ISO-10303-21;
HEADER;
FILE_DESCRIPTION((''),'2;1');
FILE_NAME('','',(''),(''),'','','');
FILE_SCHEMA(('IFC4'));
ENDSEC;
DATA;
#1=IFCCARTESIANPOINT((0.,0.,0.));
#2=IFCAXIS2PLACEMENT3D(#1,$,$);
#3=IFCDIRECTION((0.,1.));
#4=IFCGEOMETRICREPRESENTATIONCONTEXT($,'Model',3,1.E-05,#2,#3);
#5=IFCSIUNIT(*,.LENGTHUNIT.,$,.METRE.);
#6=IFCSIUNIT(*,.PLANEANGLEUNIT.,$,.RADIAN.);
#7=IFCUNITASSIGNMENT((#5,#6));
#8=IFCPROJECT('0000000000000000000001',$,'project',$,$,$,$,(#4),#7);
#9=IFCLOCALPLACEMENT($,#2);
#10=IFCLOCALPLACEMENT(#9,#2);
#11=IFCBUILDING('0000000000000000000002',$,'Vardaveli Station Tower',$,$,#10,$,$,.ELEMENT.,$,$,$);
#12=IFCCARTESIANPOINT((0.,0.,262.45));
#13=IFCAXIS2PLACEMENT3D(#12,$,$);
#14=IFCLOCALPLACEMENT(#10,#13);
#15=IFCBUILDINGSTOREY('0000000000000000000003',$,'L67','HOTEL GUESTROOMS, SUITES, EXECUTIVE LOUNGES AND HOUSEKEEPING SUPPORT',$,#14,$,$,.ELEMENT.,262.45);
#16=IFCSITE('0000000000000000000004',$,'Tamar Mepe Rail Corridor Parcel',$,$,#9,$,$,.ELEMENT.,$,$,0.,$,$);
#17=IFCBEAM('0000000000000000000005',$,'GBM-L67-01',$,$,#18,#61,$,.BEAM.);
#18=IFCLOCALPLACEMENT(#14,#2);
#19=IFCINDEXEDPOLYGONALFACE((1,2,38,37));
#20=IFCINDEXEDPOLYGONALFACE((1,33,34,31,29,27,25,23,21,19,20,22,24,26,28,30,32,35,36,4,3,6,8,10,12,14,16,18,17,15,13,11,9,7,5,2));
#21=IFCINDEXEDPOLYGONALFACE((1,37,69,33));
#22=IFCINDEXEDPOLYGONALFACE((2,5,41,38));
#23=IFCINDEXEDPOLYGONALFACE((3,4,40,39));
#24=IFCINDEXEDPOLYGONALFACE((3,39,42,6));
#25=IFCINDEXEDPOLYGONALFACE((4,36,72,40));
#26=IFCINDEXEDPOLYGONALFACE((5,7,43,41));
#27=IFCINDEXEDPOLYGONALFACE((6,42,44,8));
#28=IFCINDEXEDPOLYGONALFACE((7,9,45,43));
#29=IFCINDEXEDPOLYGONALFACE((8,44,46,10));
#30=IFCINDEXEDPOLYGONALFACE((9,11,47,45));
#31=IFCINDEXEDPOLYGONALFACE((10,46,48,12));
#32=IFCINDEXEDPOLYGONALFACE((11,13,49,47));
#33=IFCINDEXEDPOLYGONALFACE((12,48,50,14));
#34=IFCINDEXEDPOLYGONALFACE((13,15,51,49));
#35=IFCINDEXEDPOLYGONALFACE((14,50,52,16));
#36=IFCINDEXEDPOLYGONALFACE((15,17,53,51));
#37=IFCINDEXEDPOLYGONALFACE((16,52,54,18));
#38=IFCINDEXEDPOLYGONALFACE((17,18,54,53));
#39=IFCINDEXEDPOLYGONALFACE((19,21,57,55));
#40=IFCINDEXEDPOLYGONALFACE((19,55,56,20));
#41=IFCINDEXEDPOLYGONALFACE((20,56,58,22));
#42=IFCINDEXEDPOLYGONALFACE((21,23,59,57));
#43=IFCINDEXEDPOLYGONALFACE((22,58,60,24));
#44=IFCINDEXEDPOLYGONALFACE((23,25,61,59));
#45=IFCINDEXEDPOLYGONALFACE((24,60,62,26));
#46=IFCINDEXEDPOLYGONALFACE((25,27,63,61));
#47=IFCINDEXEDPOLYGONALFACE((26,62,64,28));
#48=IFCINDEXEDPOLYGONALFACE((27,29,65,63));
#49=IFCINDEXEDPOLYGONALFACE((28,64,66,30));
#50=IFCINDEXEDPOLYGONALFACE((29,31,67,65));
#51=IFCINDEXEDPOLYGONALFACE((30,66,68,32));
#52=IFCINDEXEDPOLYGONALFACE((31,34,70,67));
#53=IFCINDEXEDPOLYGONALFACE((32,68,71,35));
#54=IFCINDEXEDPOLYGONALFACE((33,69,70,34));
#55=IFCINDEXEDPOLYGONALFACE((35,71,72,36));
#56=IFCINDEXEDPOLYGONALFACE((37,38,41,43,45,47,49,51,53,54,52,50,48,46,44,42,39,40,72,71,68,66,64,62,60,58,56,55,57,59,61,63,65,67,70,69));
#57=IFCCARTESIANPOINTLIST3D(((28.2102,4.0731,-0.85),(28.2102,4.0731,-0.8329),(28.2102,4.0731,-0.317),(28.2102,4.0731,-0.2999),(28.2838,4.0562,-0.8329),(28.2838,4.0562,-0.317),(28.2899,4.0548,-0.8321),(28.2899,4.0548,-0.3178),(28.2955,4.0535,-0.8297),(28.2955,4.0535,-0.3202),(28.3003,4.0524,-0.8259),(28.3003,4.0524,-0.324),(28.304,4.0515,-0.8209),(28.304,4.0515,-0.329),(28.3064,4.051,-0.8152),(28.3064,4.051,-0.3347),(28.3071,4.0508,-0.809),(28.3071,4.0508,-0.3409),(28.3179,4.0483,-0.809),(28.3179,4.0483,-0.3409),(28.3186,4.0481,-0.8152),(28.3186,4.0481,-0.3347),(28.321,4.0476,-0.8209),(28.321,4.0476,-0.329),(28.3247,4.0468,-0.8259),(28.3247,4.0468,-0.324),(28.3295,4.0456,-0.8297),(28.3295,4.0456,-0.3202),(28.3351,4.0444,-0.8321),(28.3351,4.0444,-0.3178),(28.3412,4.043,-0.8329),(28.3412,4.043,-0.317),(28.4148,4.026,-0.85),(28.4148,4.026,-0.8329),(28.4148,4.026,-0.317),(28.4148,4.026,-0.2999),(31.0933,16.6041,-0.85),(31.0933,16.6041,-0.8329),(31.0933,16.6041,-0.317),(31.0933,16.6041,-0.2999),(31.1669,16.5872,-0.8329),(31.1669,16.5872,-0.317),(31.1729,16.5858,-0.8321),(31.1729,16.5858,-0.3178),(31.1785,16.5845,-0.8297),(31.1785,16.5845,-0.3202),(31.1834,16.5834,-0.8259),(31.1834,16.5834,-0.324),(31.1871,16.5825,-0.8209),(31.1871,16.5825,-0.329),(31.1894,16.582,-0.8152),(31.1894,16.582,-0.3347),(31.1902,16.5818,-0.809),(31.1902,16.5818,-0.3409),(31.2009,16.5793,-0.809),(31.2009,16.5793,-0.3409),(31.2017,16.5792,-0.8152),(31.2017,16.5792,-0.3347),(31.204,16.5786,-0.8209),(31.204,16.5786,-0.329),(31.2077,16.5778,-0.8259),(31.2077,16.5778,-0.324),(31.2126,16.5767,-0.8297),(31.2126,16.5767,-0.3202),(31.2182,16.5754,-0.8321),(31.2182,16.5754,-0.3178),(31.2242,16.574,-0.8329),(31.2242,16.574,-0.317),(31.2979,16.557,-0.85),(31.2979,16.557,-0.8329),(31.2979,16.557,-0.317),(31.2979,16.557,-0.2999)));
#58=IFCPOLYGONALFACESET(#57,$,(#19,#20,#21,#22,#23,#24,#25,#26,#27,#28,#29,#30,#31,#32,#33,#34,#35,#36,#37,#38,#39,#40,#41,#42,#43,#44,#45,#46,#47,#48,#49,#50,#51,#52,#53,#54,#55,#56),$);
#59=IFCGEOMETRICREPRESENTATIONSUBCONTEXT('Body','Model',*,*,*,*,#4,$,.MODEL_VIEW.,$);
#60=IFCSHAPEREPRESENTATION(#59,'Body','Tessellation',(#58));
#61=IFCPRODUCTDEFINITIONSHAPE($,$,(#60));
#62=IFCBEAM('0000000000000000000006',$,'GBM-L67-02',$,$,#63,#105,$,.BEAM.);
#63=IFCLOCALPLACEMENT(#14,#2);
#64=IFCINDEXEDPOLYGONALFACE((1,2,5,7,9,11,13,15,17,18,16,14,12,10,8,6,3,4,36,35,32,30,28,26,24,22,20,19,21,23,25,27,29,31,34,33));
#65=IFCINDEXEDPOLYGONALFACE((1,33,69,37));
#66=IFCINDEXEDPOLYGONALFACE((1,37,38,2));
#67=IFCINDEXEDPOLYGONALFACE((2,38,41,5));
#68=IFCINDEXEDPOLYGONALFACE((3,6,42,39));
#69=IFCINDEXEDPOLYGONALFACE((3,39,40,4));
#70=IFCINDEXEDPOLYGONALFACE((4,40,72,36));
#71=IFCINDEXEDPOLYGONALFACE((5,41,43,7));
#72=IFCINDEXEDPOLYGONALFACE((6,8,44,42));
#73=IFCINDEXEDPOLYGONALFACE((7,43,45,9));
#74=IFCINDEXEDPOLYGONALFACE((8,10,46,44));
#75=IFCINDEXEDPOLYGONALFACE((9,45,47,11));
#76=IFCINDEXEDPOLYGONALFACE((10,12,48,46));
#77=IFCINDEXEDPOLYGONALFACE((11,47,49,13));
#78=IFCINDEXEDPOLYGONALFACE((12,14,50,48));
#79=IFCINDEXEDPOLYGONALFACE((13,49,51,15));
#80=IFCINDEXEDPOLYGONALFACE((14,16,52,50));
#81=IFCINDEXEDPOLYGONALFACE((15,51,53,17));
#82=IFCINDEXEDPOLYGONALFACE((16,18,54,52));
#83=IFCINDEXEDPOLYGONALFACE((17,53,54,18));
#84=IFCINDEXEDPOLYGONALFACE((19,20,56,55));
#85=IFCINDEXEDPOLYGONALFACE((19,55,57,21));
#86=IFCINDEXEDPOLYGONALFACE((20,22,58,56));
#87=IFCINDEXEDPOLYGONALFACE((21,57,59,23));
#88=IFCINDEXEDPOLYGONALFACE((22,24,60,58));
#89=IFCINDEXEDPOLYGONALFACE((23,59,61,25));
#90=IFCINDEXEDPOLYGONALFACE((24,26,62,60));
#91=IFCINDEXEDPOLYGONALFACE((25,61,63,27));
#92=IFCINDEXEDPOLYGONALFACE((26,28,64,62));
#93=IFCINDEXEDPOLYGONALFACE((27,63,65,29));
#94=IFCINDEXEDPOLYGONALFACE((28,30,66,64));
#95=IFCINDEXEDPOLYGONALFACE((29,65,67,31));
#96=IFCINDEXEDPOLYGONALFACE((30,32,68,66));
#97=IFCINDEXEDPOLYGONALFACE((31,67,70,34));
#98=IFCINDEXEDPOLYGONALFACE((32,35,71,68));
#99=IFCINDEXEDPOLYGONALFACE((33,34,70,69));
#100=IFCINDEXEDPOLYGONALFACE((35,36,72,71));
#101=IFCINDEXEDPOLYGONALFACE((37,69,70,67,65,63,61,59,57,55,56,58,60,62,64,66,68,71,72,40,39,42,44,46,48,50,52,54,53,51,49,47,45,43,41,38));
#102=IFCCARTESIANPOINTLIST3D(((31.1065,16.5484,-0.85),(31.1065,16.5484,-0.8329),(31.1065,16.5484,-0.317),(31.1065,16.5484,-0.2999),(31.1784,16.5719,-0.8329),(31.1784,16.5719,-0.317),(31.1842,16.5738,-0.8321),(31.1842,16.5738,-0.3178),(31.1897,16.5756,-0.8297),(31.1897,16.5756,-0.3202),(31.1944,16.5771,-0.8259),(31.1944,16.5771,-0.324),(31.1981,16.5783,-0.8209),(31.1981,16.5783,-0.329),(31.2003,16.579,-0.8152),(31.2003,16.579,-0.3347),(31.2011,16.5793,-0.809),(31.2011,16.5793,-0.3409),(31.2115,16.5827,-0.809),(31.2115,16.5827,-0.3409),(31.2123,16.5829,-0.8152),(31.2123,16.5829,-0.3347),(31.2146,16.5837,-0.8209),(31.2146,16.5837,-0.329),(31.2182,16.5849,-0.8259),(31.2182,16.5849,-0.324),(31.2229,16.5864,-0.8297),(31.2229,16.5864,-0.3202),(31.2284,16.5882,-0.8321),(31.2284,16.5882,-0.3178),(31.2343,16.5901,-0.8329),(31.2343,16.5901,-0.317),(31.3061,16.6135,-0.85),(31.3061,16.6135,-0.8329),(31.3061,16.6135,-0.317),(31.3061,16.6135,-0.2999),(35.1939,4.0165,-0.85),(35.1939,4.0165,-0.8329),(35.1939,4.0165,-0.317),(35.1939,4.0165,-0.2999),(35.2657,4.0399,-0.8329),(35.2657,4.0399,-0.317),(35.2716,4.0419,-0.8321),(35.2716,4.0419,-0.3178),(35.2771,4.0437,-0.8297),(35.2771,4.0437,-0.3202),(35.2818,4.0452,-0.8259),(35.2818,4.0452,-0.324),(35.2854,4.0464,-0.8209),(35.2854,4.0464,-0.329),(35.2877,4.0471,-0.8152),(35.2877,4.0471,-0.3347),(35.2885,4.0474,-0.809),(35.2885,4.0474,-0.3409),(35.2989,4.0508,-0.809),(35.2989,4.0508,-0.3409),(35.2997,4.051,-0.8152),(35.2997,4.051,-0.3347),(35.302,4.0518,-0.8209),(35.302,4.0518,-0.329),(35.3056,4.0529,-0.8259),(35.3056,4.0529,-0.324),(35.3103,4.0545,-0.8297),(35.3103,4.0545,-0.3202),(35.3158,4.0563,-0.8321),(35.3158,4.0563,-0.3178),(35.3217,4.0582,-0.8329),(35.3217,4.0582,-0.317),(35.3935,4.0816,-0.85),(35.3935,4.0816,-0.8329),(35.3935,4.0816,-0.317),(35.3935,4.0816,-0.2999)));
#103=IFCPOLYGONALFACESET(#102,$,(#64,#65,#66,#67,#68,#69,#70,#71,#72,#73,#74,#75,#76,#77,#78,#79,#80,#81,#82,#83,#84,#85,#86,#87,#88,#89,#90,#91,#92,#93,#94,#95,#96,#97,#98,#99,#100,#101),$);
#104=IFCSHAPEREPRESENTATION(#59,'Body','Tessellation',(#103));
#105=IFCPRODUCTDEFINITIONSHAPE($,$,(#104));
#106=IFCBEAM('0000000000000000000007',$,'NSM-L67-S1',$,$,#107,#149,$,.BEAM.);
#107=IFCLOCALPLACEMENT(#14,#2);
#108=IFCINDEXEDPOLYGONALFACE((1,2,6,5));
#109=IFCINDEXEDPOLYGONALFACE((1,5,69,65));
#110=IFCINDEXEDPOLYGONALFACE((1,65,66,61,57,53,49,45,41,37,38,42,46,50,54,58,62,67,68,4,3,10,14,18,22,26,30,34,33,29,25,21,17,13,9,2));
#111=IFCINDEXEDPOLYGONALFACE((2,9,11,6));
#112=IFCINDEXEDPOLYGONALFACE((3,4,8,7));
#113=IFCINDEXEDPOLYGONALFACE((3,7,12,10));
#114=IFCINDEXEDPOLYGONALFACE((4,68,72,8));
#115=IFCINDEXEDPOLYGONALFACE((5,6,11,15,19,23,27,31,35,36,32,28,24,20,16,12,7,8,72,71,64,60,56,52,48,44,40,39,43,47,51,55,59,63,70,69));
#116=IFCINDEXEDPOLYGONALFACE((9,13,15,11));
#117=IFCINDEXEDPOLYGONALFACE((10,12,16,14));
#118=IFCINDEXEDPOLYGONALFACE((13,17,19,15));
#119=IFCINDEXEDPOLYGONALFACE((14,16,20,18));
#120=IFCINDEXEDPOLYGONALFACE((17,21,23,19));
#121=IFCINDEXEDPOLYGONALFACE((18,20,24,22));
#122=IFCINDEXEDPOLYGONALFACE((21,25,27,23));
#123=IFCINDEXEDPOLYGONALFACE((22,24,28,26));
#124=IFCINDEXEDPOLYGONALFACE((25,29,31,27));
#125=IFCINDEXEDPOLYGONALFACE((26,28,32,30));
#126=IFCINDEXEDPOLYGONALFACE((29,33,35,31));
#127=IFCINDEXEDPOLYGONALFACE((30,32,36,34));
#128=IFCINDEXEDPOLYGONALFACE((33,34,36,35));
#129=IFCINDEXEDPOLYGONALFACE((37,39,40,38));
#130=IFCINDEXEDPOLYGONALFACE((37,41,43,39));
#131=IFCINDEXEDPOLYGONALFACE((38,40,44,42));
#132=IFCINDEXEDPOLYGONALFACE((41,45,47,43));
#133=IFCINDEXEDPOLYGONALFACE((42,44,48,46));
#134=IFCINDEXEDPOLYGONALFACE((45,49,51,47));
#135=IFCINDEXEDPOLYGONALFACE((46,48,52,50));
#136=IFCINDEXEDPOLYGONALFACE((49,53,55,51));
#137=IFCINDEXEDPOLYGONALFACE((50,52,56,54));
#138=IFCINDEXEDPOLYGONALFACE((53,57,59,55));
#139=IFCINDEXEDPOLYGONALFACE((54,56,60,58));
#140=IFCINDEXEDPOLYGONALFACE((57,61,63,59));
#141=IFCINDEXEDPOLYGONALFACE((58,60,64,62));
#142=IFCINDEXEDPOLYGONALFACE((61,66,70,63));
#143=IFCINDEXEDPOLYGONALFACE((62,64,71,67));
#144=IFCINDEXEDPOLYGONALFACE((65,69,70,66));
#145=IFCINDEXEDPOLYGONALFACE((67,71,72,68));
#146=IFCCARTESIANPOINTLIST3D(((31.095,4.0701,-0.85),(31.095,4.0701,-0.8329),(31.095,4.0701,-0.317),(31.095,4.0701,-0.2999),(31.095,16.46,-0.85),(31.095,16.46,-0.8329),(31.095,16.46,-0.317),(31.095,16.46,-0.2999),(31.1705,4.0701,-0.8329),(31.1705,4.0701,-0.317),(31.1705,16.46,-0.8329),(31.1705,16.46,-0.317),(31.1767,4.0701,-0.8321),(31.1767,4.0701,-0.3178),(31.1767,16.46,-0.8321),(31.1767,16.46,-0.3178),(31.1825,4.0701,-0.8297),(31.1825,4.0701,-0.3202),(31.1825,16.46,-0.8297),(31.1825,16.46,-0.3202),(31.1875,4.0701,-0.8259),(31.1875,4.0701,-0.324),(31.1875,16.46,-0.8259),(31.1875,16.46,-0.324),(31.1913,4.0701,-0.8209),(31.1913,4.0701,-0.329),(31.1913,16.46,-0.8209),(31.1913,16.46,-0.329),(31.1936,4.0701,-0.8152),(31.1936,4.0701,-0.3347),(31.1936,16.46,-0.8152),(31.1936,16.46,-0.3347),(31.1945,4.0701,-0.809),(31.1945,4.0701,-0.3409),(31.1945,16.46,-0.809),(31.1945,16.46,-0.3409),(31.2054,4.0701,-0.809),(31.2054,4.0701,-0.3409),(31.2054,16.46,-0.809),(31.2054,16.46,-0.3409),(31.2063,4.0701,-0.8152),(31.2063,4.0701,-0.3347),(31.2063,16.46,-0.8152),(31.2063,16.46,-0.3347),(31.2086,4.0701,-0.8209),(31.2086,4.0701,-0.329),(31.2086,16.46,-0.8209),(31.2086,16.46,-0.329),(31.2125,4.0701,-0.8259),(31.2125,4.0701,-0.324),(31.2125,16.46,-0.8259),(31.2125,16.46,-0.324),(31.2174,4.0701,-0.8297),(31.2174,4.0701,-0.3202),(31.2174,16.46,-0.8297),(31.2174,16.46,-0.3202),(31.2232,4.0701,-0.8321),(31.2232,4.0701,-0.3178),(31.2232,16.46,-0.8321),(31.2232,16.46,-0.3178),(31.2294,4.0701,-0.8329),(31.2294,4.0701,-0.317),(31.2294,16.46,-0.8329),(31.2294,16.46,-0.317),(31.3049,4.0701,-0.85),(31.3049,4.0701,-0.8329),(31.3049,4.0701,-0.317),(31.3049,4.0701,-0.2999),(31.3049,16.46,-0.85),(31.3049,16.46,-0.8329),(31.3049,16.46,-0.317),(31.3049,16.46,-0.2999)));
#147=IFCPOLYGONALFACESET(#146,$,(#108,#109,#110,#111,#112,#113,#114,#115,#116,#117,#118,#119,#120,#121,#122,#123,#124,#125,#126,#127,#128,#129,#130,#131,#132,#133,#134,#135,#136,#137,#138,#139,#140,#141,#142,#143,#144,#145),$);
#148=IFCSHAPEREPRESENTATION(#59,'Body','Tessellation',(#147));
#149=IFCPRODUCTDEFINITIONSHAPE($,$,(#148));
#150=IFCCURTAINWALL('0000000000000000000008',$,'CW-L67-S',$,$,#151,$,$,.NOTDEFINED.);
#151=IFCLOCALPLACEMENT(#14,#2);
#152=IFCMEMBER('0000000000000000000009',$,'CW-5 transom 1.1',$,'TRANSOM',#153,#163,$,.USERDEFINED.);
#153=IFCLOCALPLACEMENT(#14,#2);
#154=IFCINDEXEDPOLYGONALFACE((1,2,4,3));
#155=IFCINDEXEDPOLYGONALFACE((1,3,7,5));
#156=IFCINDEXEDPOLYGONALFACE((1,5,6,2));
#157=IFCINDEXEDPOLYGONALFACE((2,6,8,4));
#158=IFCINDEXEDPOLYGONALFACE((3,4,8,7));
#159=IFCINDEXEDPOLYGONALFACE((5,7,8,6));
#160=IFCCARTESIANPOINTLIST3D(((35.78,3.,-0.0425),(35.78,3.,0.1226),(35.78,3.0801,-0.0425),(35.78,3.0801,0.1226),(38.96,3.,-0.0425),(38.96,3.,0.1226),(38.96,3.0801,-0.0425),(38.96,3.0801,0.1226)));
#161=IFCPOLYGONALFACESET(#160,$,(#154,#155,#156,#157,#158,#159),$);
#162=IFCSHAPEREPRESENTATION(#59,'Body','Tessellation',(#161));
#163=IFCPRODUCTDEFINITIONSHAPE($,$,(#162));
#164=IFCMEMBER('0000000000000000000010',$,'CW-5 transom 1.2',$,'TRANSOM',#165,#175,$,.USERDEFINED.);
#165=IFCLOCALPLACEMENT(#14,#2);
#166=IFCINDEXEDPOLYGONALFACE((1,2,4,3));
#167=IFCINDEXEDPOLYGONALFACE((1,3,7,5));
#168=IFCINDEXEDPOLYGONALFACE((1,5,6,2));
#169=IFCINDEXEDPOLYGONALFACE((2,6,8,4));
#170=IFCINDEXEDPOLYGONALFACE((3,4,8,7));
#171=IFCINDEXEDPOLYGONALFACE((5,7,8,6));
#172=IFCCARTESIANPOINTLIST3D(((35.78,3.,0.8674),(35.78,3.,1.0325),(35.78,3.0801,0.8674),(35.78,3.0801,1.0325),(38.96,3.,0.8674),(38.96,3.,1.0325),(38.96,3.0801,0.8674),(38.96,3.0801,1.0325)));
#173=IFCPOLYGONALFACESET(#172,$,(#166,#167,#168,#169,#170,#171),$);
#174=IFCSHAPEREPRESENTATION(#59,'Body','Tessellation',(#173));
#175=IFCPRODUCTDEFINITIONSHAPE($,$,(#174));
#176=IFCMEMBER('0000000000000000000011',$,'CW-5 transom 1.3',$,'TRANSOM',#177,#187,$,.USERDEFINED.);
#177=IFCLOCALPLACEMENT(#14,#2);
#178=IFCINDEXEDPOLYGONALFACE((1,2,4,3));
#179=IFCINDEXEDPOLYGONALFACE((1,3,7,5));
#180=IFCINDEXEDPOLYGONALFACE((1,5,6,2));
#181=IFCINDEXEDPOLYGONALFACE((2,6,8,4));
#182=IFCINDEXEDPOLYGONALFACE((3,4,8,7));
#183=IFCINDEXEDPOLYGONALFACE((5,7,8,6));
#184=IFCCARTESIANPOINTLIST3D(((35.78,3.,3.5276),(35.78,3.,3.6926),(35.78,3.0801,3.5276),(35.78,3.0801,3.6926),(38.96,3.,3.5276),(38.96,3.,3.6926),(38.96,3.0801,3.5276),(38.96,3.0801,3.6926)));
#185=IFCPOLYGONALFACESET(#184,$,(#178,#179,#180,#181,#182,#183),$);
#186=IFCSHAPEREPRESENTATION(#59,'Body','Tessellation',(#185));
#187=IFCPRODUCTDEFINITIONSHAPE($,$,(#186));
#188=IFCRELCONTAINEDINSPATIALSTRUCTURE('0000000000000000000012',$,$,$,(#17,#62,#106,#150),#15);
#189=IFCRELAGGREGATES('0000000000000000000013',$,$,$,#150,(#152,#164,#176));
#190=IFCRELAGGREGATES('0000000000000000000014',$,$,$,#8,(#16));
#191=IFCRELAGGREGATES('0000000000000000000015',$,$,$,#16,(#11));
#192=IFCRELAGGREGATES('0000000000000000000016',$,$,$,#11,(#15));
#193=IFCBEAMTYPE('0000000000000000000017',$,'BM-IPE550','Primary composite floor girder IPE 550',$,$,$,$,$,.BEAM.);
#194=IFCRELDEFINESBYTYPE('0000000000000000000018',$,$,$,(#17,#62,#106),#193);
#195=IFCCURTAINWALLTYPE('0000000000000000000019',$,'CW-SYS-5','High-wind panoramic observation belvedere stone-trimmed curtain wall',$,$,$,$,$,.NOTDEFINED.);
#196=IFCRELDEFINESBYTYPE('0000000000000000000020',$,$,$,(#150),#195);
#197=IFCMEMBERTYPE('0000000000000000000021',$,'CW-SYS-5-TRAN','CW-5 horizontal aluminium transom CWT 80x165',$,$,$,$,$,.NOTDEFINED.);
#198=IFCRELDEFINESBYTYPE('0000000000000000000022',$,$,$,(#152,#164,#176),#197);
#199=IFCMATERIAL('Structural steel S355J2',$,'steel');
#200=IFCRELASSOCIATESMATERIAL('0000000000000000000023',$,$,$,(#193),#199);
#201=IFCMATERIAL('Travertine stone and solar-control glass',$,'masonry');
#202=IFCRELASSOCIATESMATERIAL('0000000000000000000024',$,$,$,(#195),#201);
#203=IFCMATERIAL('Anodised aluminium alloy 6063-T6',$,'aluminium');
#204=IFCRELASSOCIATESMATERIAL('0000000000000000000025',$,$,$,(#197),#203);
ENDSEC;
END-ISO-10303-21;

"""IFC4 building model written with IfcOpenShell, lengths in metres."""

from ifc_helpers import new_model, si_unit, direction, frame, origin, origin_2d, place, context, subcontext, project, spatial, rectangle, i_section, extrude, source, transform, mapped, material, material_profile, profile_set, type_object, element, aggregate, save


model = new_model("IFC4")

# Units and contexts
model_context = context("Model", 3, precision=1e-05, world=origin(), true_north=direction((0.0, 1.0)))
body_context = subcontext(model_context, "Body", "Model", "MODEL_VIEW")
ifc_project = project(units=[si_unit("LENGTHUNIT", "METRE"), si_unit("PLANEANGLEUNIT", "RADIAN")], contexts=[model_context])

# Site, building, storey
site_placement = place(None, origin())
site = spatial("IfcSite", under=ifc_project, at=site_placement, Name="Tamar Mepe Rail Corridor Parcel", CompositionType="ELEMENT", RefElevation=0.0)
building_placement = place(site_placement, origin())
building = spatial("IfcBuilding", under=site, at=building_placement, Name="Vardaveli Station Tower", CompositionType="ELEMENT")
storey_placement = place(building_placement, frame((0.0, 0.0, 262.45)))
storey = spatial("IfcBuildingStorey", under=building, at=storey_placement, Name="L67", Description="HOTEL GUESTROOMS, SUITES, EXECUTIVE LOUNGES AND HOUSEKEEPING SUPPORT", CompositionType="ELEMENT", Elevation=262.45)

# Beams
ifc_material_1 = material(Name="Structural steel S355J2", Category="steel")
ifc_material_profile_1 = material_profile(ifc_material_1, i_section(OverallWidth=0.21, OverallDepth=0.55, WebThickness=0.011, FlangeThickness=0.0171, FilletRadius=0.0239, at=origin_2d()), Name="IPE 550")
ifc_profile_set_1 = profile_set([ifc_material_profile_1], Name="Structural steel S355J2")
beam_type_1 = type_object("IfcBeamType", Name="BM-IPE550", Description="Primary composite floor girder IPE 550", PredefinedType="BEAM", material=ifc_profile_set_1)
shared_shape_1 = source(origin(), body_context, "Body", "SweptSolid", [
    extrude(i_section(OverallWidth=0.21, OverallDepth=0.55, WebThickness=0.011, FlangeThickness=0.0171, FilletRadius=0.0239, at=origin_2d()), origin(), (0.0, 0.0, 1.0), 12.8584),
])
beam_1_placement = place(storey_placement, frame((28.3125, 4.0496, -0.575), z_axis=(0.224216, 0.974539, 0.0), x_axis=(-0.974539, 0.224216, 0.0)))
element("IfcBeam", 1, at=beam_1_placement, inside=storey, type_object=beam_type_1, Name="GBM-L67-01", PredefinedType="BEAM", context=body_context, shape_type="MappedRepresentation", body=[
    mapped(shared_shape_1, transform((0.0, 0.0, 0.0), scale=1.0)),
])
shared_shape_2 = source(origin(), body_context, "Body", "SweptSolid", [
    extrude(i_section(OverallWidth=0.21, OverallDepth=0.55, WebThickness=0.011, FlangeThickness=0.0171, FilletRadius=0.0239, at=origin_2d()), origin(), (0.0, 0.0, 1.0), 13.1816),
])
beam_2_placement = place(storey_placement, frame((35.2937, 4.0491, -0.575), z_axis=(-0.310081, 0.95071, 0.0), x_axis=(-0.95071, -0.310081, 0.0)))
element("IfcBeam", 2, at=beam_2_placement, inside=storey, type_object=beam_type_1, Name="GBM-L67-02", PredefinedType="BEAM", context=body_context, shape_type="MappedRepresentation", body=[
    mapped(shared_shape_2, transform((0.0, 0.0, 0.0), scale=1.0)),
])
shared_shape_3 = source(origin(), body_context, "Body", "SweptSolid", [
    extrude(i_section(OverallWidth=0.21, OverallDepth=0.55, WebThickness=0.011, FlangeThickness=0.0171, FilletRadius=0.0239, at=origin_2d()), origin(), (0.0, 0.0, 1.0), 12.3899),
])
beam_3_placement = place(storey_placement, frame((31.2, 4.0701, -0.575), z_axis=(0.0, 1.0, 0.0), x_axis=(-1.0, 0.0, 0.0)))
element("IfcBeam", 3, at=beam_3_placement, inside=storey, type_object=beam_type_1, Name="NSM-L67-S1", PredefinedType="BEAM", context=body_context, shape_type="MappedRepresentation", body=[
    mapped(shared_shape_3, transform((0.0, 0.0, 0.0), scale=1.0)),
])

# Curtain wall, members
ifc_material_2 = material(Name="Travertine stone and solar-control glass", Category="masonry")
curtain_wall_type = type_object("IfcCurtainWallType", Name="CW-SYS-5", Description="High-wind panoramic observation belvedere stone-trimmed curtain wall", PredefinedType="NOTDEFINED", material=ifc_material_2)
curtain_wall_placement = place(storey_placement, origin())
curtain_wall = element("IfcCurtainWall", 4, at=curtain_wall_placement, inside=storey, type_object=curtain_wall_type, Name="CW-L67-S", PredefinedType="NOTDEFINED")
ifc_material_3 = material(Name="Anodised aluminium alloy 6063-T6", Category="aluminium")
ifc_material_profile_2 = material_profile(ifc_material_3, rectangle(XDim=0.0801, YDim=0.165, at=origin_2d()), Name="CWT 80x165")
ifc_profile_set_2 = profile_set([ifc_material_profile_2], Name="Anodised aluminium alloy 6063-T6")
member_type_1 = type_object("IfcMemberType", Name="CW-SYS-5-TRAN", Description="CW-5 horizontal aluminium transom CWT 80x165", PredefinedType="NOTDEFINED", material=ifc_profile_set_2)
shared_shape_4 = source(origin(), body_context, "Body", "SweptSolid", [
    extrude(rectangle(XDim=0.0801, YDim=0.165, at=origin_2d()), origin(), (0.0, 0.0, 1.0), 3.1799),
])
member_1_placement = place(storey_placement, frame((35.78, 3.04, 0.04), z_axis=(1.0, 0.0, 0.0), x_axis=(0.0, 1.0, 0.0)))
member_1 = element("IfcMember", 5, at=member_1_placement, type_object=member_type_1, Name="CW-5 transom 1.1", ObjectType="TRANSOM", PredefinedType="USERDEFINED", context=body_context, shape_type="MappedRepresentation", body=[
    mapped(shared_shape_4, transform((0.0, 0.0, 0.0), scale=1.0)),
])
member_2_placement = place(storey_placement, frame((35.78, 3.04, 0.95), z_axis=(1.0, 0.0, 0.0), x_axis=(0.0, 1.0, 0.0)))
member_2 = element("IfcMember", 6, at=member_2_placement, type_object=member_type_1, Name="CW-5 transom 1.2", ObjectType="TRANSOM", PredefinedType="USERDEFINED", context=body_context, shape_type="MappedRepresentation", body=[
    mapped(shared_shape_4, transform((0.0, 0.0, 0.0), scale=1.0)),
])
member_3_placement = place(storey_placement, frame((35.78, 3.04, 3.6101), z_axis=(1.0, 0.0, 0.0), x_axis=(0.0, 1.0, 0.0)))
member_3 = element("IfcMember", 7, at=member_3_placement, type_object=member_type_1, Name="CW-5 transom 1.3", ObjectType="TRANSOM", PredefinedType="USERDEFINED", context=body_context, shape_type="MappedRepresentation", body=[
    mapped(shared_shape_4, transform((0.0, 0.0, 0.0), scale=1.0)),
])
aggregate(curtain_wall, [member_1, member_2, member_3])

save(model, "model.ifc")
